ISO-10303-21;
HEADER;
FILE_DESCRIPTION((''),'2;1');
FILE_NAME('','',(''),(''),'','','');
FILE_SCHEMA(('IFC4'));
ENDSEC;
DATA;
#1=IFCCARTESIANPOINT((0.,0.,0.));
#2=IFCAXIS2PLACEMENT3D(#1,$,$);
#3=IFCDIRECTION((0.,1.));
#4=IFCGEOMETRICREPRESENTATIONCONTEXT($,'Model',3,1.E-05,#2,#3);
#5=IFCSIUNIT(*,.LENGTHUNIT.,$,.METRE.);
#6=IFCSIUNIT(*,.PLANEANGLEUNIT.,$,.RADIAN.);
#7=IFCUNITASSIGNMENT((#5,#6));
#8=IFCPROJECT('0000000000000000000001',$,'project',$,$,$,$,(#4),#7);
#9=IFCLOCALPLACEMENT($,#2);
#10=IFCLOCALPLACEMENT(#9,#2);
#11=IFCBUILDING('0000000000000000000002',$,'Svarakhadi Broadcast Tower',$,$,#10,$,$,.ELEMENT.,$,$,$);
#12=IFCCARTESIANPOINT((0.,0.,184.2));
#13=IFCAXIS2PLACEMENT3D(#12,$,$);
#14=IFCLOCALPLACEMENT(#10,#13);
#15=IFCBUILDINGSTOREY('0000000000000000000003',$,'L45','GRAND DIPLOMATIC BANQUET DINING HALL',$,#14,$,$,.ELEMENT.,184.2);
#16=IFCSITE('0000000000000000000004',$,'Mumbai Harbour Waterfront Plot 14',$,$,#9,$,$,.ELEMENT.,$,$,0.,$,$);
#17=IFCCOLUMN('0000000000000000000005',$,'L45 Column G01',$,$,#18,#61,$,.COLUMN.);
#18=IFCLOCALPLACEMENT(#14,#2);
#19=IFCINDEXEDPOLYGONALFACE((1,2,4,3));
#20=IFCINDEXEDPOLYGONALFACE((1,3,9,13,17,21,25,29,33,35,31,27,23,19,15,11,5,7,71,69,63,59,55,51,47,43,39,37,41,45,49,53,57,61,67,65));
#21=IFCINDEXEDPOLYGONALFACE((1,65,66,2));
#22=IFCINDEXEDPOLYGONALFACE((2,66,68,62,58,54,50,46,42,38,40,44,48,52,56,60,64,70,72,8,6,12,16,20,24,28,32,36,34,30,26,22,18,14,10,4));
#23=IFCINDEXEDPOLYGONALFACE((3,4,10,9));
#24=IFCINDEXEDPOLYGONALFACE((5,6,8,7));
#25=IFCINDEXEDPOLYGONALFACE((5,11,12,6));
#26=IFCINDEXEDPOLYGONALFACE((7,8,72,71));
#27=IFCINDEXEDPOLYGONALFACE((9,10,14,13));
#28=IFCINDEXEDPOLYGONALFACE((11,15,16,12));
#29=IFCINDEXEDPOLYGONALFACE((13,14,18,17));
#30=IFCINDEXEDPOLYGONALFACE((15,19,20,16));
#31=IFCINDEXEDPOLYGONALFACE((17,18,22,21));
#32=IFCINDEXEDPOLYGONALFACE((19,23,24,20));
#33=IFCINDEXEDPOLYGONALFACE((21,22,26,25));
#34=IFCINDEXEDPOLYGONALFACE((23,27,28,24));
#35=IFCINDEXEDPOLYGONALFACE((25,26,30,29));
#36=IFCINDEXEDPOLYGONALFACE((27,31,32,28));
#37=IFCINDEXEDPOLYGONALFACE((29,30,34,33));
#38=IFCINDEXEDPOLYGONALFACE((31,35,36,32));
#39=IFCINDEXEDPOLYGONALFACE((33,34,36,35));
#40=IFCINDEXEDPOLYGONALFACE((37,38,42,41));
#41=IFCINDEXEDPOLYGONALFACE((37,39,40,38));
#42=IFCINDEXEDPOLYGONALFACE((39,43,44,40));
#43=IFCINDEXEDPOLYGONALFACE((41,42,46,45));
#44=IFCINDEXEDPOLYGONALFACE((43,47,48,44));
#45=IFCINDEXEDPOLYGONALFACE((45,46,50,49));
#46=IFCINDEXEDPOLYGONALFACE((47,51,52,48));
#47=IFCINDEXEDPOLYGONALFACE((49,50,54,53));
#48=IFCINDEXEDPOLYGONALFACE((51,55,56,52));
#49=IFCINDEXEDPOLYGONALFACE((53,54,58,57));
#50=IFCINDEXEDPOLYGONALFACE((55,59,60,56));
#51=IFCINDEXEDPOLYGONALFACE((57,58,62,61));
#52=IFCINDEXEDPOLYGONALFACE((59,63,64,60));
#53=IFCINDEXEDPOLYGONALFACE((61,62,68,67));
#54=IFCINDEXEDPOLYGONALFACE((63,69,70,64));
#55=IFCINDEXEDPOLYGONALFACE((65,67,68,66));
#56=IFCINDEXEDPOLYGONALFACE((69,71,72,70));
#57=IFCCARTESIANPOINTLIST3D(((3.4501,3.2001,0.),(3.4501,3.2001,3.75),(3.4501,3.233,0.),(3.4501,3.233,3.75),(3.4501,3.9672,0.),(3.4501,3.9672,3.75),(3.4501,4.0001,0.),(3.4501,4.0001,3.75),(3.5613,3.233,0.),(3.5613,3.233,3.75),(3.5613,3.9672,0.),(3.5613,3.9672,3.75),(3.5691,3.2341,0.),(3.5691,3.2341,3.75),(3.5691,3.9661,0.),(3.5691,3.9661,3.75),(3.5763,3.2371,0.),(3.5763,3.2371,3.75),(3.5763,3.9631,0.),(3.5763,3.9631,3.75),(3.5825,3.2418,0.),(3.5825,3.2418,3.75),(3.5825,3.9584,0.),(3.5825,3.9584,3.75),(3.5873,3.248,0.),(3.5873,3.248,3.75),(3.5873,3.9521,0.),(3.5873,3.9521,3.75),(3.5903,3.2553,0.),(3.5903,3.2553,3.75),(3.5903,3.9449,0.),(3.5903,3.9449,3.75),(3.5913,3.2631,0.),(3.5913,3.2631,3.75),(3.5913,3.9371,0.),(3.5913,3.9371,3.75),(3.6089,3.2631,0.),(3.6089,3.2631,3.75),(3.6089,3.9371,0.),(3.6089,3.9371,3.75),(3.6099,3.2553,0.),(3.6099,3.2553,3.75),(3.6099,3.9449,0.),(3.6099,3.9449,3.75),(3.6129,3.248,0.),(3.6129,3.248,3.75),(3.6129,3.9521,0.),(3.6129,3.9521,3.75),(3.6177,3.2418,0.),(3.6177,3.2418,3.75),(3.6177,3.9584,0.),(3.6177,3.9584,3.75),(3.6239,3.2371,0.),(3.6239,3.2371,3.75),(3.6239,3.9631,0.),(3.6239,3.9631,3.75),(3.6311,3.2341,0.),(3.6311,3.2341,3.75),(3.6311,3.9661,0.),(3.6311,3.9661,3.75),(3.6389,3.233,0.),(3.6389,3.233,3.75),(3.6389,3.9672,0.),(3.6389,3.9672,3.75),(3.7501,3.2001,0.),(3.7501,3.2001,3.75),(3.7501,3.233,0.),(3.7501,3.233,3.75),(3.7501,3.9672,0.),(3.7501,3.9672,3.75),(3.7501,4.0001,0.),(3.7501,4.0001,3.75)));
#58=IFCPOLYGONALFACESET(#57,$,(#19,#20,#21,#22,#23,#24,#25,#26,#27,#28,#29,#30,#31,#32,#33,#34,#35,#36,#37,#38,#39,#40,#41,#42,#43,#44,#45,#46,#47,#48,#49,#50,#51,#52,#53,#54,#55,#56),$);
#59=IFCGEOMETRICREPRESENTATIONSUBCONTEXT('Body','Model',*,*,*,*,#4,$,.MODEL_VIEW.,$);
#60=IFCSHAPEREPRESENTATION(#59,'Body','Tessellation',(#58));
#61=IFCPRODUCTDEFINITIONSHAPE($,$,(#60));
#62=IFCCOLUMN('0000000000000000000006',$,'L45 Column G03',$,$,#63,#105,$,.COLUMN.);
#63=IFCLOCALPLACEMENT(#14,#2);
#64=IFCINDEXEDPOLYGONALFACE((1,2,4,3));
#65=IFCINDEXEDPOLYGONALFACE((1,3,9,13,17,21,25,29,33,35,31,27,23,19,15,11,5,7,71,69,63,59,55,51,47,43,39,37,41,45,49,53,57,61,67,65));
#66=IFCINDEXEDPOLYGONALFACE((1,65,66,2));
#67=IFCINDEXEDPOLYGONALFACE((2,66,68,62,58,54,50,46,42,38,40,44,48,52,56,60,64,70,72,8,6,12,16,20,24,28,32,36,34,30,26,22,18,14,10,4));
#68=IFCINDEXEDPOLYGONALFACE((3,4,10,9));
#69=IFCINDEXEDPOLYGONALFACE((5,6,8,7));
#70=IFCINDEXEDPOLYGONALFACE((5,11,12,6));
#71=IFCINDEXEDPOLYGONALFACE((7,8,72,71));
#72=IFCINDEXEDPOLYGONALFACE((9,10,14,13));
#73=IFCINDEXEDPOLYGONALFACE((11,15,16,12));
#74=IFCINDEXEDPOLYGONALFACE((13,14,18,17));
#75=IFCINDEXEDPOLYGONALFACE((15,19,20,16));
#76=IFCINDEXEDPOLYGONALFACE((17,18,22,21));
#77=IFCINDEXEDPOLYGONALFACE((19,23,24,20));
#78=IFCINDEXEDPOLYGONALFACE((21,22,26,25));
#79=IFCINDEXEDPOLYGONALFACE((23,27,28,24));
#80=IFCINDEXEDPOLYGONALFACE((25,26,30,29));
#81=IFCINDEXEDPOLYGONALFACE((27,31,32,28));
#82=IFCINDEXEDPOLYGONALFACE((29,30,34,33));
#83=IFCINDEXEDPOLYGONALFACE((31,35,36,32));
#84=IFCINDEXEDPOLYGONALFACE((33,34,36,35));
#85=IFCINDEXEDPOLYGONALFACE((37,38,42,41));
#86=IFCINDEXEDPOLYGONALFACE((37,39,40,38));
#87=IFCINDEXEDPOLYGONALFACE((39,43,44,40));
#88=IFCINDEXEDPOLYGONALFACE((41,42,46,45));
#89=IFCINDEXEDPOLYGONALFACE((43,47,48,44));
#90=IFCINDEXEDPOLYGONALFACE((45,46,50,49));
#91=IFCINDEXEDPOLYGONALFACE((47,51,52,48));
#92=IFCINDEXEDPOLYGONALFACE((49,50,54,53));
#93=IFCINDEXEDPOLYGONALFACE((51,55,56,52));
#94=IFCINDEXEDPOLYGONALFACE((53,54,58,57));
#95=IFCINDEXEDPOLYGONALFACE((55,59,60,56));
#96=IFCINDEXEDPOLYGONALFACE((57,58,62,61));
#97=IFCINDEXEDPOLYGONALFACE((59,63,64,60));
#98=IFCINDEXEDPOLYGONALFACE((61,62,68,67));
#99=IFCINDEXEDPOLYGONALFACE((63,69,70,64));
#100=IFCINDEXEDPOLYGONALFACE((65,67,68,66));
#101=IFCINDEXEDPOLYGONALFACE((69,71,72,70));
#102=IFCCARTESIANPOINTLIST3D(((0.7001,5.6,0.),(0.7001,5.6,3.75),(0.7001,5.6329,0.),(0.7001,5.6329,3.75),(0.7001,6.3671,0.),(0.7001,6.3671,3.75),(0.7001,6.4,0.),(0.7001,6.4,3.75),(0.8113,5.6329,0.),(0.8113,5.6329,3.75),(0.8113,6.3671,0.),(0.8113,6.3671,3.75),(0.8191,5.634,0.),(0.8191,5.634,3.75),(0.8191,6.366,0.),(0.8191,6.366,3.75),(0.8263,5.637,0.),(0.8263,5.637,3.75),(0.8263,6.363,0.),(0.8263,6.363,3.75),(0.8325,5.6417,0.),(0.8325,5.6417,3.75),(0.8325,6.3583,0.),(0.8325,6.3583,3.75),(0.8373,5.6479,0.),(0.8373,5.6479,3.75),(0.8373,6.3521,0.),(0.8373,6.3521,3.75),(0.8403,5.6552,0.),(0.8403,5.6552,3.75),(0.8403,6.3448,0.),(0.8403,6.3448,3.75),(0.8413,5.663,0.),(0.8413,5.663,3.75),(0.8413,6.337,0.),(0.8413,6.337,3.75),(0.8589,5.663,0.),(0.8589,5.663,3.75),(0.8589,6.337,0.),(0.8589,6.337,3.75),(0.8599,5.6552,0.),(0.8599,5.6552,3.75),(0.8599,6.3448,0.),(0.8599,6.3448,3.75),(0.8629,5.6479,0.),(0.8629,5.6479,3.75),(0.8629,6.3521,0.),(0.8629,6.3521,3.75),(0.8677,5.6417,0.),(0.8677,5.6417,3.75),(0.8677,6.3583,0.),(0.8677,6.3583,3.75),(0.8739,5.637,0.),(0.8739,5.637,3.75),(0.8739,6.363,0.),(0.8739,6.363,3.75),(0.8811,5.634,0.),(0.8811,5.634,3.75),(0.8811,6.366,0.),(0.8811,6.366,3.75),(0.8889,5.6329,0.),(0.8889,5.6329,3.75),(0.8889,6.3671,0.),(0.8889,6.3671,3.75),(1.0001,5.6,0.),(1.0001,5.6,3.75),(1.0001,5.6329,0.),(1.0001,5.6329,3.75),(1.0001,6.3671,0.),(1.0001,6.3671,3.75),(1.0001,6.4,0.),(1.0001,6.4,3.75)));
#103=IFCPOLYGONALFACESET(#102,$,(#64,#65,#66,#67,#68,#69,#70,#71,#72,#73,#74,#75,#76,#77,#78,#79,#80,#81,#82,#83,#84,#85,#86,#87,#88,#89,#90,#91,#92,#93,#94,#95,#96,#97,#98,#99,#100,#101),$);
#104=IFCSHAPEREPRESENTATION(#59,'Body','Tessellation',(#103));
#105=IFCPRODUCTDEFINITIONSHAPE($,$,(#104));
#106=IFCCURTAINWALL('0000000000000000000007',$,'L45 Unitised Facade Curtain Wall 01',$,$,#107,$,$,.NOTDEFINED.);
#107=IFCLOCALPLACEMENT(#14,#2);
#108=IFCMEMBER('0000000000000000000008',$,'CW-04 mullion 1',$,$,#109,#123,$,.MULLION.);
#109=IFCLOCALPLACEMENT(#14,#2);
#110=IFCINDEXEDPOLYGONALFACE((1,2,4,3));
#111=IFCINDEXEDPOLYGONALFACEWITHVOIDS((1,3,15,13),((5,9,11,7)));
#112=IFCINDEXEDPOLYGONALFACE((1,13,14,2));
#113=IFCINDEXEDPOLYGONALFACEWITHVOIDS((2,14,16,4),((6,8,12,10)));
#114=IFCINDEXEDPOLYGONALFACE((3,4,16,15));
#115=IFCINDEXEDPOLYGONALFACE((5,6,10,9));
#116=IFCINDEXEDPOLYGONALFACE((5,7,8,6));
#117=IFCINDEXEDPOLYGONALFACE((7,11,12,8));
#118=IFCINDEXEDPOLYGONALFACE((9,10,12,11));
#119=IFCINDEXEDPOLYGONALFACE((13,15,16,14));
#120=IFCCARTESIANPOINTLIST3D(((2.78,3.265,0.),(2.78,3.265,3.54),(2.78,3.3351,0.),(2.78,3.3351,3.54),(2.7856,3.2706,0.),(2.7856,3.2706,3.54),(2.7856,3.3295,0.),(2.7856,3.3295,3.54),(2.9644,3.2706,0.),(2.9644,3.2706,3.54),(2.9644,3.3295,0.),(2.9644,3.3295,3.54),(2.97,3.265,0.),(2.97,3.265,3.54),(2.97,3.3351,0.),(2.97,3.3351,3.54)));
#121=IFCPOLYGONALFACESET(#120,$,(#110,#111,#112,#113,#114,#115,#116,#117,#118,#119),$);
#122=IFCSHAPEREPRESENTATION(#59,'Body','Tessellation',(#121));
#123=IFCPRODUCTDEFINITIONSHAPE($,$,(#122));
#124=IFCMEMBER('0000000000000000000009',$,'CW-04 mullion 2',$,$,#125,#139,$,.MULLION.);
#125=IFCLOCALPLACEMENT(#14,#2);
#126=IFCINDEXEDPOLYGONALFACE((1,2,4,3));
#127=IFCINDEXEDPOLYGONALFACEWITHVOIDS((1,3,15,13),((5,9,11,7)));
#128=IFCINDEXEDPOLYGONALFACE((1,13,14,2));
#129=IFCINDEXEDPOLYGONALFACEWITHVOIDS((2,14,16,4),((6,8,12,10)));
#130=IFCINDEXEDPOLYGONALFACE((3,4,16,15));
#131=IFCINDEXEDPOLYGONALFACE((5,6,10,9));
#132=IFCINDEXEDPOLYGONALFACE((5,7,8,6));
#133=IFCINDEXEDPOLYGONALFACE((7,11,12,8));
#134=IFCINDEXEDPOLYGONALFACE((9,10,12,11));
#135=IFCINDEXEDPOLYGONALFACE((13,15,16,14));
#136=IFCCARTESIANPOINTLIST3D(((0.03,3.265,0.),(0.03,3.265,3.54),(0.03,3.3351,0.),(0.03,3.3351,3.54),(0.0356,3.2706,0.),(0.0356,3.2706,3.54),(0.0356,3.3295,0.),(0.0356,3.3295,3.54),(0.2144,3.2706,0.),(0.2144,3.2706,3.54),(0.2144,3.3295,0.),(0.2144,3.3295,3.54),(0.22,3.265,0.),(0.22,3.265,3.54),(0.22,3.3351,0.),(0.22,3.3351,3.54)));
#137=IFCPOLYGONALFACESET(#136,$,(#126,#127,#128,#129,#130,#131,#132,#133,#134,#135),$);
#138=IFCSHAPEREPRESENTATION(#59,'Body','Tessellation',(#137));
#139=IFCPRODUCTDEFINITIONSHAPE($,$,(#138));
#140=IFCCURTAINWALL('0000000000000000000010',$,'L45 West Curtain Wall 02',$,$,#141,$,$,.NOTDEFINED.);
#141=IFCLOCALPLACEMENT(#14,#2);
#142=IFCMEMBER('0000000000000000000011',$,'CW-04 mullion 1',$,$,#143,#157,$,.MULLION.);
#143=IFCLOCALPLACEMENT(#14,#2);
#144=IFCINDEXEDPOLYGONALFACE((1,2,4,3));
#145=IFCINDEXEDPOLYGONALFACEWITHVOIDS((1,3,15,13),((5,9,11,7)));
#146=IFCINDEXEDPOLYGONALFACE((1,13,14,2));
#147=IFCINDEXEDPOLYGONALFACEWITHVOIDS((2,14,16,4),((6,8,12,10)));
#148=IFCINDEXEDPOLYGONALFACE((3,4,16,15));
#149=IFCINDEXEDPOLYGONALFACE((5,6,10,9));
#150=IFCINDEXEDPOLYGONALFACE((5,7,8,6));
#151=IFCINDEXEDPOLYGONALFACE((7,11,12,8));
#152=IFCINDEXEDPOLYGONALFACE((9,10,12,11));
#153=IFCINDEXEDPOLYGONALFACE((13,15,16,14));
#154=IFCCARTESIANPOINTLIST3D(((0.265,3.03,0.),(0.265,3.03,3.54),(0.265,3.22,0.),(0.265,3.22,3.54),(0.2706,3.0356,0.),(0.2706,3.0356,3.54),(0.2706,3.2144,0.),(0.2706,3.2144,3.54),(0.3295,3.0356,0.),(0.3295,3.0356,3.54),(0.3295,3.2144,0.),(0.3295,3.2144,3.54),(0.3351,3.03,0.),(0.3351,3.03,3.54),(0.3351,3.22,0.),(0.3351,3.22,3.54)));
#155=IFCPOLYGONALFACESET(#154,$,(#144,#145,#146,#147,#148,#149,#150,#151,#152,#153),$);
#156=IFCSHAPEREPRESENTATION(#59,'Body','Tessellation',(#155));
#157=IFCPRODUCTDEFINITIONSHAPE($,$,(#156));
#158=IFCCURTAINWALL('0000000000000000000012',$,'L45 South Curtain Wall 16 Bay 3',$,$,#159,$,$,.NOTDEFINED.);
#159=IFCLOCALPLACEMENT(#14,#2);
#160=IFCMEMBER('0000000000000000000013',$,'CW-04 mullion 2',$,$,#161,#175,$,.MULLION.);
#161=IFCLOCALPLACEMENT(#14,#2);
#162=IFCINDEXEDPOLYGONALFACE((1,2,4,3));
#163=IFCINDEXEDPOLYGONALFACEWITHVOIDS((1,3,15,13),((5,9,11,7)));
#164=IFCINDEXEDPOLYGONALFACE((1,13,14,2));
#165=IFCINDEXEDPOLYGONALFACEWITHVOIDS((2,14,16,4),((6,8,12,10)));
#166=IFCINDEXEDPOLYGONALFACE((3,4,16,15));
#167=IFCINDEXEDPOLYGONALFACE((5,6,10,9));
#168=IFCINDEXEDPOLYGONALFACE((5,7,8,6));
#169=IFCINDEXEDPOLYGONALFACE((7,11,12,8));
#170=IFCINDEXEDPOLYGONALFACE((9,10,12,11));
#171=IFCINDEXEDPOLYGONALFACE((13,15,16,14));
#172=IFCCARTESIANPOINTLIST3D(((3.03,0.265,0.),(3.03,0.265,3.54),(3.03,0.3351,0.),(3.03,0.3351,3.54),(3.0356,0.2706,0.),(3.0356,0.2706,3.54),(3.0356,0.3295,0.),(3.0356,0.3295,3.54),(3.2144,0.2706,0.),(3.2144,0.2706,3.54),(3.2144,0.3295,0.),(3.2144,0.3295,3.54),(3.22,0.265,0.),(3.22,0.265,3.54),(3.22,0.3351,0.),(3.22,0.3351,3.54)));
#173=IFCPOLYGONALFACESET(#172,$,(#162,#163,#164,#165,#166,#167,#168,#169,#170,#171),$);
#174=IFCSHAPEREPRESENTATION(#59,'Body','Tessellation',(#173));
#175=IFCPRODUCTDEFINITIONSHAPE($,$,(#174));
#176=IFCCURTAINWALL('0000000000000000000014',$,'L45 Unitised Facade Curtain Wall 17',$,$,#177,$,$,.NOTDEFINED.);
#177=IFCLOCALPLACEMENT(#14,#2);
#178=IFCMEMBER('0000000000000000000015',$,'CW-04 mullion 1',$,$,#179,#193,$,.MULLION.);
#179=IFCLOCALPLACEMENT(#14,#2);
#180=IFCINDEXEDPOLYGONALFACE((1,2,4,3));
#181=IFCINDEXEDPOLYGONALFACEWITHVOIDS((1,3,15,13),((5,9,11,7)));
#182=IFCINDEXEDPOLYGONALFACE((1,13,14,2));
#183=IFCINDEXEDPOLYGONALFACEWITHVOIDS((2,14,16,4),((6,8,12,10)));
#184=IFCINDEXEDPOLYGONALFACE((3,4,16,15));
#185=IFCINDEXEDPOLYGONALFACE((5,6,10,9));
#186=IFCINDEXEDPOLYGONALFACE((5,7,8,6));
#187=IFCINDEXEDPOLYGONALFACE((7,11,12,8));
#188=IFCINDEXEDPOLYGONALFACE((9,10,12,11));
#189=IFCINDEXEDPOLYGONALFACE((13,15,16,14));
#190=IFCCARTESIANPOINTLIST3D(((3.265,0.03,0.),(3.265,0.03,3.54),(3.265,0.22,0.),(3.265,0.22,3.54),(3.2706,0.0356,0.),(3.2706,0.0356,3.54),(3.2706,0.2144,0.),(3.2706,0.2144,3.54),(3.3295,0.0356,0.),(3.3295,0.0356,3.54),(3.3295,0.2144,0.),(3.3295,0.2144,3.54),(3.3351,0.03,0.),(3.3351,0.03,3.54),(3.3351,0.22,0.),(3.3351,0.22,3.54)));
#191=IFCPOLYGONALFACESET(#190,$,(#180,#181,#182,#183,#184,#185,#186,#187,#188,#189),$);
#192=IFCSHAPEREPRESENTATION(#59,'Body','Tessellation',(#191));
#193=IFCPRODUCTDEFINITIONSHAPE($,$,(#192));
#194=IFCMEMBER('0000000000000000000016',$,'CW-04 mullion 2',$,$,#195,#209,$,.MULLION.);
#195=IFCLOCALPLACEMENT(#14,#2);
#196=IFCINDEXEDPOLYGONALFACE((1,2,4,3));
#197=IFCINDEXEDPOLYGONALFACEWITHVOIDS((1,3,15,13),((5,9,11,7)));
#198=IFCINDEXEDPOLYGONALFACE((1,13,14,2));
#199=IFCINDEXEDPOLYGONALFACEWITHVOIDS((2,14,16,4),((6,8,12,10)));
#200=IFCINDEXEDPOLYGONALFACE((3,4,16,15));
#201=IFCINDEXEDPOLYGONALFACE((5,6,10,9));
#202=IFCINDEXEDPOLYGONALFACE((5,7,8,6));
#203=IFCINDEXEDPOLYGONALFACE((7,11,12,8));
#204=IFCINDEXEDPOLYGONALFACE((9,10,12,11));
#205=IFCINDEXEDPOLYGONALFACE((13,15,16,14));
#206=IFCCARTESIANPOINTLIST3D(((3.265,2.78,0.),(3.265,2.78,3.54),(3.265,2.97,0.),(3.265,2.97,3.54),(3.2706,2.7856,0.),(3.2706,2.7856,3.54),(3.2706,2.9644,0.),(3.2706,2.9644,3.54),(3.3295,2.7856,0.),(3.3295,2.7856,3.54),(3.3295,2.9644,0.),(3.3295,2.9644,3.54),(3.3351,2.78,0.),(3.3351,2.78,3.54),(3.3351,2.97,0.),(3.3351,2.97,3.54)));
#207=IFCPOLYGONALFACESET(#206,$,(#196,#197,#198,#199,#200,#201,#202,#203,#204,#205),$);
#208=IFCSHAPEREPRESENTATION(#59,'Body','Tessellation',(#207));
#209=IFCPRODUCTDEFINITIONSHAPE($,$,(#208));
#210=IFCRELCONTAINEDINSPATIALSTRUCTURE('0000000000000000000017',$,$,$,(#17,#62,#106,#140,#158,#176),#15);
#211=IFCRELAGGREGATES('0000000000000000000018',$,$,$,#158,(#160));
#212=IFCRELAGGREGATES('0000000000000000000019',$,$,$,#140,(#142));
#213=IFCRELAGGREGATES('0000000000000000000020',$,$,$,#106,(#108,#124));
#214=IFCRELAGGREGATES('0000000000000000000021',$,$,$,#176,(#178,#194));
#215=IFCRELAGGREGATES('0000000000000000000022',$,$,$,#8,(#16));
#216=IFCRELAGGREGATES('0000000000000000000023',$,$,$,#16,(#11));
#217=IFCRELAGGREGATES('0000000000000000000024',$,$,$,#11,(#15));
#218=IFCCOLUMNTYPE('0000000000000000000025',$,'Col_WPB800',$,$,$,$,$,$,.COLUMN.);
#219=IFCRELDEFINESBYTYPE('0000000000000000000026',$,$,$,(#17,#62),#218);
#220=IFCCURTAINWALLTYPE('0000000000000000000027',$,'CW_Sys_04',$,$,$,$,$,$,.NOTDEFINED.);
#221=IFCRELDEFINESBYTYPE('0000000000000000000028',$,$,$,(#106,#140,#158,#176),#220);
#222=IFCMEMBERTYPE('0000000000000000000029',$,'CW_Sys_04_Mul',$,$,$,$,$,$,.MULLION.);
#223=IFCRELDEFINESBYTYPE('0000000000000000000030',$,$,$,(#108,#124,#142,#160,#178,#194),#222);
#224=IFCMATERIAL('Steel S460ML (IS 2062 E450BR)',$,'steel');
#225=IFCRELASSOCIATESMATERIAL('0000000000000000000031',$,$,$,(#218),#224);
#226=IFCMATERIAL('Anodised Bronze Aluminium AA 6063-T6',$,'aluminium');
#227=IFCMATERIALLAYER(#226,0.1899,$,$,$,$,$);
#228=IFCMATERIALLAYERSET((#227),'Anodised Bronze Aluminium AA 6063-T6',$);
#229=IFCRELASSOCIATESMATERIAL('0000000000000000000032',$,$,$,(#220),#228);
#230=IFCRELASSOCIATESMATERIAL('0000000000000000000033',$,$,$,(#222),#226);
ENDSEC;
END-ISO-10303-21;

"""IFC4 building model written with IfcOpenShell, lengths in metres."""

from ifc_helpers import new_model, si_unit, direction, frame, origin, origin_2d, place, context, subcontext, project, spatial, hollow_rectangle, i_section, extrude, material, layer, layer_set, material_profile, profile_set, type_object, element, aggregate, save


model = new_model("IFC4")

# Units and contexts
model_context = context("Model", 3, precision=1e-05, world=origin(), true_north=direction((0.0, 1.0)))
body_context = subcontext(model_context, "Body", "Model", "MODEL_VIEW")
ifc_project = project(units=[si_unit("LENGTHUNIT", "METRE"), si_unit("PLANEANGLEUNIT", "RADIAN")], contexts=[model_context])

# Site, building, storey
site_placement = place(None, origin())
site = spatial("IfcSite", under=ifc_project, at=site_placement, Name="Mumbai Harbour Waterfront Plot 14", CompositionType="ELEMENT", RefElevation=0.0)
building_placement = place(site_placement, origin())
building = spatial("IfcBuilding", under=site, at=building_placement, Name="Svarakhadi Broadcast Tower", CompositionType="ELEMENT")
storey_placement = place(building_placement, frame((0.0, 0.0, 184.2)))
storey = spatial("IfcBuildingStorey", under=building, at=storey_placement, Name="L45", Description="GRAND DIPLOMATIC BANQUET DINING HALL", CompositionType="ELEMENT", Elevation=184.2)

# Columns
ifc_material_1 = material(Name="Steel S460ML (IS 2062 E450BR)", Category="steel")
ifc_material_profile_1 = material_profile(ifc_material_1, i_section(OverallWidth=0.3, OverallDepth=0.8, WebThickness=0.0176, FlangeThickness=0.033, FilletRadius=0.03, at=origin_2d()), Name="WPB 800x300x262")
ifc_profile_set_1 = profile_set([ifc_material_profile_1], Name="Steel S460ML (IS 2062 E450BR)")
column_type = type_object("IfcColumnType", Name="Col_WPB800", PredefinedType="COLUMN", material=ifc_profile_set_1)
for number, where, z_axis, x_axis, name in (
    (1, (3.6001, 3.6001, 0.0), (0.0, 0.0, 1.0), (1.0, 0.0, 0.0), "L45 Column G01"),
    (2, (0.8501, 6.0, 0.0), (0.0, 0.0, 1.0), (1.0, 0.0, 0.0), "L45 Column G03"),
):
    element("IfcColumn", number, at=place(storey_placement, frame(where, z_axis=z_axis, x_axis=x_axis)), inside=storey, type_object=column_type, Name=name, PredefinedType="COLUMN", context=body_context, shape_type="SweptSolid", body=[
        extrude(i_section(OverallWidth=0.3, OverallDepth=0.8, WebThickness=0.0176, FlangeThickness=0.033, FilletRadius=0.03, at=origin_2d()), origin(), (0.0, 0.0, 1.0), 3.75),
    ])

# Curtain wall, members
ifc_material_2 = material(Name="Anodised Bronze Aluminium AA 6063-T6", Category="aluminium")
ifc_layer_1 = layer(ifc_material_2, 0.1899)
ifc_layer_set_1 = layer_set([ifc_layer_1], Name="Anodised Bronze Aluminium AA 6063-T6")
curtain_wall_type = type_object("IfcCurtainWallType", Name="CW_Sys_04", PredefinedType="NOTDEFINED", material=ifc_layer_set_1)
curtain_wall_1_placement = place(storey_placement, origin())
curtain_wall_1 = element("IfcCurtainWall", 3, at=curtain_wall_1_placement, inside=storey, type_object=curtain_wall_type, Name="L45 Unitised Facade Curtain Wall 01", PredefinedType="NOTDEFINED")
ifc_material_profile_2 = material_profile(ifc_material_2, hollow_rectangle(XDim=0.0701, YDim=0.1899, WallThickness=0.0056, at=origin_2d()), Name="ALU MULLION 190x70x6")
ifc_profile_set_2 = profile_set([ifc_material_profile_2], Name="Anodised Bronze Aluminium AA 6063-T6")
member_type_1 = type_object("IfcMemberType", Name="CW_Sys_04_Mul", PredefinedType="MULLION", material=ifc_profile_set_2)
member_1_placement = place(storey_placement, frame((2.875, 3.3, 0.0), z_axis=(0.0, 0.0, 1.0), x_axis=(0.0, -1.0, 0.0)))
member_1 = element("IfcMember", 4, at=member_1_placement, type_object=member_type_1, Name="CW-04 mullion 1", PredefinedType="MULLION", context=body_context, shape_type="SweptSolid", body=[
    extrude(hollow_rectangle(XDim=0.0701, YDim=0.1899, WallThickness=0.0056, at=origin_2d()), origin(), (0.0, 0.0, 1.0), 3.54),
])
member_2_placement = place(storey_placement, frame((0.125, 3.3, 0.0), z_axis=(0.0, 0.0, 1.0), x_axis=(0.0, -1.0, 0.0)))
member_2 = element("IfcMember", 5, at=member_2_placement, type_object=member_type_1, Name="CW-04 mullion 2", PredefinedType="MULLION", context=body_context, shape_type="SweptSolid", body=[
    extrude(hollow_rectangle(XDim=0.0701, YDim=0.1899, WallThickness=0.0056, at=origin_2d()), origin(), (0.0, 0.0, 1.0), 3.54),
])

# Curtain walls, members
curtain_wall_2_placement = place(storey_placement, origin())
curtain_wall_2 = element("IfcCurtainWall", 6, at=curtain_wall_2_placement, inside=storey, type_object=curtain_wall_type, Name="L45 West Curtain Wall 02", PredefinedType="NOTDEFINED")
member_3_placement = place(storey_placement, frame((0.3, 3.125, 0.0), z_axis=(0.0, 0.0, 1.0), x_axis=(-1.0, 0.0, 0.0)))
member_3 = element("IfcMember", 7, at=member_3_placement, type_object=member_type_1, Name="CW-04 mullion 1", PredefinedType="MULLION", context=body_context, shape_type="SweptSolid", body=[
    extrude(hollow_rectangle(XDim=0.0701, YDim=0.1899, WallThickness=0.0056, at=origin_2d()), origin(), (0.0, 0.0, 1.0), 3.54),
])
curtain_wall_3_placement = place(storey_placement, origin())
curtain_wall_3 = element("IfcCurtainWall", 8, at=curtain_wall_3_placement, inside=storey, type_object=curtain_wall_type, Name="L45 South Curtain Wall 16 Bay 3", PredefinedType="NOTDEFINED")
member_4_placement = place(storey_placement, frame((3.125, 0.3, 0.0), z_axis=(0.0, 0.0, 1.0), x_axis=(0.0, -1.0, 0.0)))
member_4 = element("IfcMember", 9, at=member_4_placement, type_object=member_type_1, Name="CW-04 mullion 2", PredefinedType="MULLION", context=body_context, shape_type="SweptSolid", body=[
    extrude(hollow_rectangle(XDim=0.0701, YDim=0.1899, WallThickness=0.0056, at=origin_2d()), origin(), (0.0, 0.0, 1.0), 3.54),
])
aggregate(curtain_wall_3, [member_4])

# Curtain wall, members
curtain_wall_4_placement = place(storey_placement, origin())
curtain_wall_4 = element("IfcCurtainWall", 10, at=curtain_wall_4_placement, inside=storey, type_object=curtain_wall_type, Name="L45 Unitised Facade Curtain Wall 17", PredefinedType="NOTDEFINED")
member_5_placement = place(storey_placement, frame((3.3, 0.125, 0.0), z_axis=(0.0, 0.0, 1.0), x_axis=(-1.0, 0.0, 0.0)))
member_5 = element("IfcMember", 11, at=member_5_placement, type_object=member_type_1, Name="CW-04 mullion 1", PredefinedType="MULLION", context=body_context, shape_type="SweptSolid", body=[
    extrude(hollow_rectangle(XDim=0.0701, YDim=0.1899, WallThickness=0.0056, at=origin_2d()), origin(), (0.0, 0.0, 1.0), 3.54),
])
member_6_placement = place(storey_placement, frame((3.3, 2.875, 0.0), z_axis=(0.0, 0.0, 1.0), x_axis=(-1.0, 0.0, 0.0)))
member_6 = element("IfcMember", 12, at=member_6_placement, type_object=member_type_1, Name="CW-04 mullion 2", PredefinedType="MULLION", context=body_context, shape_type="SweptSolid", body=[
    extrude(hollow_rectangle(XDim=0.0701, YDim=0.1899, WallThickness=0.0056, at=origin_2d()), origin(), (0.0, 0.0, 1.0), 3.54),
])

aggregate(curtain_wall_2, [member_3])

aggregate(curtain_wall_1, [member_1, member_2])
aggregate(curtain_wall_4, [member_5, member_6])

save(model, "model.ifc")
